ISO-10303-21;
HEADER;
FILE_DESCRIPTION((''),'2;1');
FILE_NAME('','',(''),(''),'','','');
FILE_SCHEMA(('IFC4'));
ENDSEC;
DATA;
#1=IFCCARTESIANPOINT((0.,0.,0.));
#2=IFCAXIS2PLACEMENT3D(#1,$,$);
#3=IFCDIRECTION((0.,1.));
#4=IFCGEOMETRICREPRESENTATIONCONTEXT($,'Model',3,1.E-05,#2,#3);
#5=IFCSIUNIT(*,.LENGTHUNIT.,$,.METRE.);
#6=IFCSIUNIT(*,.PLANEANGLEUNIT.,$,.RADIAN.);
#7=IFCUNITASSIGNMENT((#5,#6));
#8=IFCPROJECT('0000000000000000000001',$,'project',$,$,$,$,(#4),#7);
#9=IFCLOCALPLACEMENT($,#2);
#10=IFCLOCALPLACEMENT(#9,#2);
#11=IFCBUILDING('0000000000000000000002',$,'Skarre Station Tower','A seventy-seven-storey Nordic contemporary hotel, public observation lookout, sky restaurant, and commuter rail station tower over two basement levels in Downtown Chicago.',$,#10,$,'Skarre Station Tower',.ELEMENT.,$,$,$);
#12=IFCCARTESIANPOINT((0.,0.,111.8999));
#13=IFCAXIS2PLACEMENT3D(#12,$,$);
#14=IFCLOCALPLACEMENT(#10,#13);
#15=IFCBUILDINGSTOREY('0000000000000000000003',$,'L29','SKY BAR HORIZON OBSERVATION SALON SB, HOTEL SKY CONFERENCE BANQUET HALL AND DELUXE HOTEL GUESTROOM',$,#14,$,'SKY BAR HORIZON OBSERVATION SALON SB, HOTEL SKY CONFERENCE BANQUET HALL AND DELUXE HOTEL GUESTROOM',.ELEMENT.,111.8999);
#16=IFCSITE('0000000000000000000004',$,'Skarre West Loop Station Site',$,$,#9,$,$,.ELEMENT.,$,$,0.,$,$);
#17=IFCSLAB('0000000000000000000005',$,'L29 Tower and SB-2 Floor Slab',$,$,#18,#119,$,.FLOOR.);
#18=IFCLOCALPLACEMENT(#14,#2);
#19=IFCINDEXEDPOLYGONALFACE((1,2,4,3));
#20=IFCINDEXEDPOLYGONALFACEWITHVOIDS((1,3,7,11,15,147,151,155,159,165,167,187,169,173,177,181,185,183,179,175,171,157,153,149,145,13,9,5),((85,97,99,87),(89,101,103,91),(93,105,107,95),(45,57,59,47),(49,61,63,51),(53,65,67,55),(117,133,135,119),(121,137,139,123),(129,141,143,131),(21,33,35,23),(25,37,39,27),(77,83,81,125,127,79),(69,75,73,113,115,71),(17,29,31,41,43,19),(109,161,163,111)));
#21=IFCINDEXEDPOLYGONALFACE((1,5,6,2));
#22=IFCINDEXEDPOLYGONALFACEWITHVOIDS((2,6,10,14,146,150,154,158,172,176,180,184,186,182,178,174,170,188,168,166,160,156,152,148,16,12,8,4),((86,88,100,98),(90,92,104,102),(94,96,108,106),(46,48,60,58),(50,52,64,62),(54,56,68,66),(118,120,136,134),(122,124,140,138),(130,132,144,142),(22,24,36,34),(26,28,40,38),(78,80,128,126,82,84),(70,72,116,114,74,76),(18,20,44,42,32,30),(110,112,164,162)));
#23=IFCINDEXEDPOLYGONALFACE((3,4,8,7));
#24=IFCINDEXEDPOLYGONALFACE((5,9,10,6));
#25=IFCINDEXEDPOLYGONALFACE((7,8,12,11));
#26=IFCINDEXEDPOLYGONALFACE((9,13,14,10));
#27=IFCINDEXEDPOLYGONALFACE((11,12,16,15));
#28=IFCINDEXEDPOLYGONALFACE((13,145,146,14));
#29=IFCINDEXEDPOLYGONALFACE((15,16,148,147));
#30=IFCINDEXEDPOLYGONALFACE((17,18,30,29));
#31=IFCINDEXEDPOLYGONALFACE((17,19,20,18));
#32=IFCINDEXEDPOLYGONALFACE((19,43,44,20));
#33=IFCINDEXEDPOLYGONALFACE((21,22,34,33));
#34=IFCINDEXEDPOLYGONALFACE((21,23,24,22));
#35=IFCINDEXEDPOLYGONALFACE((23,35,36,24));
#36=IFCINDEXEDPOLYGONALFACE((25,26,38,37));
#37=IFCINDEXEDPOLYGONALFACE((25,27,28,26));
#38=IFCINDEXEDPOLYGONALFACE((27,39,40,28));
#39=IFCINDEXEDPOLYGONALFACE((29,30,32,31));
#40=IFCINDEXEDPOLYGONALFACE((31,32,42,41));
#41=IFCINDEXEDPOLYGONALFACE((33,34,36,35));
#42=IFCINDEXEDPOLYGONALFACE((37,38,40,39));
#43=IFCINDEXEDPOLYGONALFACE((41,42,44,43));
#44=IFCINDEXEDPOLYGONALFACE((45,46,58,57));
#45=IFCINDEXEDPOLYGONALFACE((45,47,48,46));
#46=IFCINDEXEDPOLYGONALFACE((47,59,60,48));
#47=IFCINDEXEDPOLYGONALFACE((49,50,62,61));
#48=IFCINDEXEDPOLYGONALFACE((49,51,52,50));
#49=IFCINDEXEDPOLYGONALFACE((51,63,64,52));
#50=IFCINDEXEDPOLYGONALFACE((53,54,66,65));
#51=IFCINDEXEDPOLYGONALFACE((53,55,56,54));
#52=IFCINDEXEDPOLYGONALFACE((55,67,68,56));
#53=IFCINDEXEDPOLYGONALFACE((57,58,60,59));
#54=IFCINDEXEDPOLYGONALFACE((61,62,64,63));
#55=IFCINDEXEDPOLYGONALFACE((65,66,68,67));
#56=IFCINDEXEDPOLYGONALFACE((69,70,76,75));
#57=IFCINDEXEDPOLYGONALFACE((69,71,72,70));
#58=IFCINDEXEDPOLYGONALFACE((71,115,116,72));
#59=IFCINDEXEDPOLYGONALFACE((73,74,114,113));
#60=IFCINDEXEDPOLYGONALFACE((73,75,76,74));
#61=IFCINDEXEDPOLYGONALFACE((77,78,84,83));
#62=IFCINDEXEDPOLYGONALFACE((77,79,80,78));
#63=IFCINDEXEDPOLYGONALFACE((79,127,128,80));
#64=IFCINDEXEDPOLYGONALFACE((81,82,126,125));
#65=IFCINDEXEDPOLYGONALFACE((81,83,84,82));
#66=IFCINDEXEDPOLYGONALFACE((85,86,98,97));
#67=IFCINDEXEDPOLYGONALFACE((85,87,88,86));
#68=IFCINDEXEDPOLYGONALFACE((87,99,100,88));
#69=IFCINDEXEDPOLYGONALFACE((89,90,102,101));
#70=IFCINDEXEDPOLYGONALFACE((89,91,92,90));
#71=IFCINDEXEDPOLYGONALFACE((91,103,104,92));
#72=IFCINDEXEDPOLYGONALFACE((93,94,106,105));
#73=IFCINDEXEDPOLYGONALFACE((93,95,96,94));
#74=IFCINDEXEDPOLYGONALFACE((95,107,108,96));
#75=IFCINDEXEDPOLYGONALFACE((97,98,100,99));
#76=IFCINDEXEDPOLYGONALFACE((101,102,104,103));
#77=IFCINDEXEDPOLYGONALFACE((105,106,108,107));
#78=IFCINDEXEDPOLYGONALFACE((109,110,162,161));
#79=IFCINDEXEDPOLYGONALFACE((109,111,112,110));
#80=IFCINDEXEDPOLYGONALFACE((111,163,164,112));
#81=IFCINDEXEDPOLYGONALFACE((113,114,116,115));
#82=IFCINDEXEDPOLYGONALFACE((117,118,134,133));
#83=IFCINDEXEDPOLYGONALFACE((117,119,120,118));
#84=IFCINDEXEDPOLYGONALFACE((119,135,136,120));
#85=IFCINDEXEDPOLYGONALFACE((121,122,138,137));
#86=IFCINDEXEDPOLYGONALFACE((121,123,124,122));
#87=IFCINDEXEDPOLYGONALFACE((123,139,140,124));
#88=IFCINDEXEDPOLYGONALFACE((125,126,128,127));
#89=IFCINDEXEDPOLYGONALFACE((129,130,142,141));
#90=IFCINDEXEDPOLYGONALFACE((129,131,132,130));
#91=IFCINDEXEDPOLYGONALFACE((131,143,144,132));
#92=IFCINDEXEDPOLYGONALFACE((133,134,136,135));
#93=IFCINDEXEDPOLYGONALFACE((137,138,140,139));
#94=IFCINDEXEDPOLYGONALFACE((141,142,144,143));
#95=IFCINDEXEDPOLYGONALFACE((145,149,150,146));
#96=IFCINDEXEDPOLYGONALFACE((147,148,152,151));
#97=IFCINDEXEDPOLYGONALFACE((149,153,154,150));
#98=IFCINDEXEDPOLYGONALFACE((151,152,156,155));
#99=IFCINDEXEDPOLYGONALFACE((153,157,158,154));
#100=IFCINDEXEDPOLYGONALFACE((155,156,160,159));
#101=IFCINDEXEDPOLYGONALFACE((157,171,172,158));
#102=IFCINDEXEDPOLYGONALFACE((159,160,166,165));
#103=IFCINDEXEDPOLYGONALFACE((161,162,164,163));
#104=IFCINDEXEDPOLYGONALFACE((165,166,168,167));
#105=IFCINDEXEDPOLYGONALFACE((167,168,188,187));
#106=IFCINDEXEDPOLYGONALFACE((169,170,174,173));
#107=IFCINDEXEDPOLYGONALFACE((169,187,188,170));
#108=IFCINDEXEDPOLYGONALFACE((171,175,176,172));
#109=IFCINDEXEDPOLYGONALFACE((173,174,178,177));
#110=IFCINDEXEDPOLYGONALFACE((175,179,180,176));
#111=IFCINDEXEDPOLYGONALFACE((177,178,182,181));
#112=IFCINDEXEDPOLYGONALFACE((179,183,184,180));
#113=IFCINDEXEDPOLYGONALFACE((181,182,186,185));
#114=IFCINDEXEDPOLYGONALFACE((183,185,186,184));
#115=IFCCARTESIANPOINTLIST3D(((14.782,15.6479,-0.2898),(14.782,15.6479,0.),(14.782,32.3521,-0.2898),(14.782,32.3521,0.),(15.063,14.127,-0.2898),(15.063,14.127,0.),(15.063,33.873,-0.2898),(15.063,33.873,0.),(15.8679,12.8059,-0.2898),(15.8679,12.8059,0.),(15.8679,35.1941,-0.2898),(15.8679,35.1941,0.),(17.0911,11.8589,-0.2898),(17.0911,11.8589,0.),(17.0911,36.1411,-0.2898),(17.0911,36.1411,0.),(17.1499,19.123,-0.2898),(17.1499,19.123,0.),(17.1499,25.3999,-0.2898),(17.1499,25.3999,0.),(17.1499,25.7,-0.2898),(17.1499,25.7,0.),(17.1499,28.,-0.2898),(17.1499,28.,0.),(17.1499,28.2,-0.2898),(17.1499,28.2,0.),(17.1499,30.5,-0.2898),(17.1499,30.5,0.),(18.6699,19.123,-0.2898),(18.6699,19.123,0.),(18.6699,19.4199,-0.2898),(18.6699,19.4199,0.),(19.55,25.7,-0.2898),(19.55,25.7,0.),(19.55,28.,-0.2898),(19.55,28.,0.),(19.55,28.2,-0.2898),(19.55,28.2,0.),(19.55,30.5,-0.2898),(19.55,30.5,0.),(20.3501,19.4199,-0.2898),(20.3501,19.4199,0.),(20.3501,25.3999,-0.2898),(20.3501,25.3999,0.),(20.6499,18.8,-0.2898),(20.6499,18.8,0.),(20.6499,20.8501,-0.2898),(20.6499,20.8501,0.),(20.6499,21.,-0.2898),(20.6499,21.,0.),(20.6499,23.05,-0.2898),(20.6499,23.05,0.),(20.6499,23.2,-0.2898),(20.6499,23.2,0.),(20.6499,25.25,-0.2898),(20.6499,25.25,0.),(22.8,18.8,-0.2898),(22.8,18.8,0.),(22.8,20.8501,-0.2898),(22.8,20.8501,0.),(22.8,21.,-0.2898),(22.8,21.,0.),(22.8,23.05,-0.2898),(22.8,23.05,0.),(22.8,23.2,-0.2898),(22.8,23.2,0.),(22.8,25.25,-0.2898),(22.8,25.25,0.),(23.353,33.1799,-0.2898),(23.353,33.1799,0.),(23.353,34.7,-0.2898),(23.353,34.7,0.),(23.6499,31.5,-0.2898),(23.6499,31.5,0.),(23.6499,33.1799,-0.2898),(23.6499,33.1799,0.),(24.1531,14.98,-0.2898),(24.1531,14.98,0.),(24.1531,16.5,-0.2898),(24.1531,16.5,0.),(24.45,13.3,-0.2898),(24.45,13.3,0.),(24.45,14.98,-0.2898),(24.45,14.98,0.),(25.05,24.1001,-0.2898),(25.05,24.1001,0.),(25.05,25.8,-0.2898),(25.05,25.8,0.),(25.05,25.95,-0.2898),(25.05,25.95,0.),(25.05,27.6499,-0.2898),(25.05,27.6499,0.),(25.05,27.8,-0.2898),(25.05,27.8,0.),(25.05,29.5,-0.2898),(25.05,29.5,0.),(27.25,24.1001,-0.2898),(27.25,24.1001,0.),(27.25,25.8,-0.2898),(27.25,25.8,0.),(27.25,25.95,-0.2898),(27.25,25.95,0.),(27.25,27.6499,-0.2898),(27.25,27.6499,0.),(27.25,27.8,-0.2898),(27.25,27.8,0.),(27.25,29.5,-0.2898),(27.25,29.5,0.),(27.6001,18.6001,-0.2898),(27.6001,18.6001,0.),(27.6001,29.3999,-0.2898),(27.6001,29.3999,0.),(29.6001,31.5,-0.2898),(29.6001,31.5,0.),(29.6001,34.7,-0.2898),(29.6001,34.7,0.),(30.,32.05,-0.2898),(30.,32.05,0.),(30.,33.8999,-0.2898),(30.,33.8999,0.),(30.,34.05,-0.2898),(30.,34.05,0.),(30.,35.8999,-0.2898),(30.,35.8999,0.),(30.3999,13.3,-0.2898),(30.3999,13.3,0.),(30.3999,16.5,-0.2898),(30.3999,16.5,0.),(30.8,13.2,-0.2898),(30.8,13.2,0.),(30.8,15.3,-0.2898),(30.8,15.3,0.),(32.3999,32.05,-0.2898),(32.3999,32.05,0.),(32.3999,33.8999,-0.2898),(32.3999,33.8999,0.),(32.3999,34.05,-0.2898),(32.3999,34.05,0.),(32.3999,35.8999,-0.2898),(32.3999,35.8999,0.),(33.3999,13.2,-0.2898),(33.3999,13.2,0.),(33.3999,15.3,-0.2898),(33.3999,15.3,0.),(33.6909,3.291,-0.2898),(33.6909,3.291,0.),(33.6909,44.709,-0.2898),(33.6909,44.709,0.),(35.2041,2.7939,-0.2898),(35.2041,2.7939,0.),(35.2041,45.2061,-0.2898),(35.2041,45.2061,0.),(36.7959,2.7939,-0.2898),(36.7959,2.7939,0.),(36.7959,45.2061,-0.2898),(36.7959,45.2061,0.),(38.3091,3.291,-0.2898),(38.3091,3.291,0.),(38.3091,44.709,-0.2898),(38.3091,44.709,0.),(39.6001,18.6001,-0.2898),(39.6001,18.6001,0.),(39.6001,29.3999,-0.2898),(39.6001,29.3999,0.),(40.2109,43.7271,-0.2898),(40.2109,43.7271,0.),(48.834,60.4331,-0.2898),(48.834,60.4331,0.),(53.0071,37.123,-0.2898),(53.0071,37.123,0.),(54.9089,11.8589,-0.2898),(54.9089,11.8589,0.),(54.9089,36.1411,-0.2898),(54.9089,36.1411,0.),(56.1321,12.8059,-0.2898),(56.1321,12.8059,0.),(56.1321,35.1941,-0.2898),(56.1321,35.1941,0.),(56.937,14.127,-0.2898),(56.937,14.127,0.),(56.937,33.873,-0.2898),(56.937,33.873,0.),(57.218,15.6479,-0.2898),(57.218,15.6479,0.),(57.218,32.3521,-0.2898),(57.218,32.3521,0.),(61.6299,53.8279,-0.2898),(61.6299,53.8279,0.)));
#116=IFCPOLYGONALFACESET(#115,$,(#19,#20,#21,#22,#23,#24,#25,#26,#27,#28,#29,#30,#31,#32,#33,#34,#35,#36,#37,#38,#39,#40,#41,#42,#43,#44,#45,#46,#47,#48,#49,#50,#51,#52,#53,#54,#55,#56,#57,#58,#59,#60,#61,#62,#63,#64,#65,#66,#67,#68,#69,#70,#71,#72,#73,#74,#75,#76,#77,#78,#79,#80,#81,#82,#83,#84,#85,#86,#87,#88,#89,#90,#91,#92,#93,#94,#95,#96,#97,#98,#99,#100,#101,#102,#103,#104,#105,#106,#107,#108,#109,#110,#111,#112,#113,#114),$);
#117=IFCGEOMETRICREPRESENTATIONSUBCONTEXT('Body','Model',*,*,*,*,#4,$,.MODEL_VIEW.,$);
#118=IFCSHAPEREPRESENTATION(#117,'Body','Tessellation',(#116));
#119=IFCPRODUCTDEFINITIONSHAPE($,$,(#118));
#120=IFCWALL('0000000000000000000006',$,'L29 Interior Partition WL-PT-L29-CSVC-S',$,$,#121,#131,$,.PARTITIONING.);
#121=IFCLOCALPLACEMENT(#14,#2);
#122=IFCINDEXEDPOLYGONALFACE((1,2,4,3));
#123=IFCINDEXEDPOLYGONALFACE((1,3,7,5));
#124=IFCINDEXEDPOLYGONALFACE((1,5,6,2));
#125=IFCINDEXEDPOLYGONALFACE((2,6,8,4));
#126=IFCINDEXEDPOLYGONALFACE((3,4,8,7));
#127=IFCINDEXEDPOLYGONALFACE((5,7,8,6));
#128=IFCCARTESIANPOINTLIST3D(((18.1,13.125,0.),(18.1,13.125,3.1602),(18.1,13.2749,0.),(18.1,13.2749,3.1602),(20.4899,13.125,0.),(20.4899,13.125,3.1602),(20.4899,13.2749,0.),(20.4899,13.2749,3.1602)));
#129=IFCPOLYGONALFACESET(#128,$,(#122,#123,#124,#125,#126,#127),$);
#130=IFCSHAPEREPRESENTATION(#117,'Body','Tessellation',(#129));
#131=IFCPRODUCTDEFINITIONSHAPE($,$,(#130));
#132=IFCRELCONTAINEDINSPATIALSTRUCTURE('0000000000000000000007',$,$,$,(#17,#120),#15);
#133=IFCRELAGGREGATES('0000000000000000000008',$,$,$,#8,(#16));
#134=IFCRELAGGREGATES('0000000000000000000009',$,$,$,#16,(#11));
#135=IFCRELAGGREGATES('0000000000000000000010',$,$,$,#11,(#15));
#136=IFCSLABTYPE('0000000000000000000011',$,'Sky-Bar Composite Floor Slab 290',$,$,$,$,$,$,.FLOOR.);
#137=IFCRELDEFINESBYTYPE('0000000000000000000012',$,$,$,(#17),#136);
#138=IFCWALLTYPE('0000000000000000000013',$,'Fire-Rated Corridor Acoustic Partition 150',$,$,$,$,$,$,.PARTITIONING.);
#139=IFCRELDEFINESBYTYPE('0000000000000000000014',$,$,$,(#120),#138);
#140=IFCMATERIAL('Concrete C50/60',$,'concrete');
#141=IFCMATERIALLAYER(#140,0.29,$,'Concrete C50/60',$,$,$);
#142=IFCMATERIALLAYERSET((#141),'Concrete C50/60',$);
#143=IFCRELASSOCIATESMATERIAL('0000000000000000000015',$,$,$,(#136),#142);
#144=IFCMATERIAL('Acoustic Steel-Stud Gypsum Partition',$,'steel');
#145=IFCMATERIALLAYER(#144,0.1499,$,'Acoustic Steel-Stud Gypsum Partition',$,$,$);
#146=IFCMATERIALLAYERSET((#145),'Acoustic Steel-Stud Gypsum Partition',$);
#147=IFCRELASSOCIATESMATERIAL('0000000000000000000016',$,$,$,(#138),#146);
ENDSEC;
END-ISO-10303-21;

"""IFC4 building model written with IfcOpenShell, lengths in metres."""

from ifc_helpers import new_model, si_unit, direction, frame, frame_2d, origin, place, context, subcontext, project, spatial, polyline, rectangle, outline, extrude, material, layer, layer_set, type_object, element, save


model = new_model("IFC4")

# Units and contexts
model_context = context("Model", 3, precision=1e-05, world=origin(), true_north=direction((0.0, 1.0)))
body_context = subcontext(model_context, "Body", "Model", "MODEL_VIEW")
ifc_project = project(units=[si_unit("LENGTHUNIT", "METRE"), si_unit("PLANEANGLEUNIT", "RADIAN")], contexts=[model_context])

# Site, building, storey
site_placement = place(None, origin())
site = spatial("IfcSite", under=ifc_project, at=site_placement, Name="Skarre West Loop Station Site", CompositionType="ELEMENT", RefElevation=0.0)
building_placement = place(site_placement, origin())
building = spatial("IfcBuilding", under=site, at=building_placement, Name="Skarre Station Tower", Description="A seventy-seven-storey Nordic contemporary hotel, public observation lookout, sky restaurant, and commuter rail station tower over two basement levels in Downtown Chicago.", LongName="Skarre Station Tower", CompositionType="ELEMENT")
storey_placement = place(building_placement, frame((0.0, 0.0, 111.8999)))
storey = spatial("IfcBuildingStorey", under=building, at=storey_placement, Name="L29", Description="SKY BAR HORIZON OBSERVATION SALON SB, HOTEL SKY CONFERENCE BANQUET HALL AND DELUXE HOTEL GUESTROOM", LongName="SKY BAR HORIZON OBSERVATION SALON SB, HOTEL SKY CONFERENCE BANQUET HALL AND DELUXE HOTEL GUESTROOM", CompositionType="ELEMENT", Elevation=111.8999)

# Slab
ifc_material_1 = material(Name="Concrete C50/60", Category="concrete")
ifc_layer_1 = layer(ifc_material_1, 0.29, Name="Concrete C50/60")
ifc_layer_set_1 = layer_set([ifc_layer_1], Name="Concrete C50/60")
slab_type_1 = type_object("IfcSlabType", Name="Sky-Bar Composite Floor Slab 290", PredefinedType="FLOOR", material=ifc_layer_set_1)
slab_1_placement = place(storey_placement, frame((0.0, 0.0, -0.2898)))
element("IfcSlab", 1, at=slab_1_placement, inside=storey, type_object=slab_type_1, Name="L29 Tower and SB-2 Floor Slab", PredefinedType="FLOOR", context=body_context, shape_type="SweptSolid", body=[
    extrude(outline(polyline([(53.0071, 37.123), (61.6299, 53.8279), (48.834, 60.4331), (40.2109, 43.7271), (38.3091, 44.709), (36.7959, 45.2061), (35.2041, 45.2061), (33.6909, 44.709), (17.0911, 36.1411), (15.8679, 35.1941), (15.063, 33.873), (14.782, 32.3521), (14.782, 15.6479), (15.063, 14.127), (15.8679, 12.8059), (17.0911, 11.8589), (33.6909, 3.291), (35.2041, 2.7939), (36.7959, 2.7939), (38.3091, 3.291), (54.9089, 11.8589), (56.1321, 12.8059), (56.937, 14.127), (57.218, 15.6479), (57.218, 32.3521), (56.937, 33.873), (56.1321, 35.1941), (54.9089, 36.1411), (53.0071, 37.123)]), holes=[polyline([(18.6699, 19.4199), (18.6699, 19.123), (17.1499, 19.123), (17.1499, 25.3999), (20.3501, 25.3999), (20.3501, 19.4199), (18.6699, 19.4199)]), polyline([(24.45, 14.98), (24.1531, 14.98), (24.1531, 16.5), (30.3999, 16.5), (30.3999, 13.3), (24.45, 13.3), (24.45, 14.98)]), polyline([(23.6499, 33.1799), (23.353, 33.1799), (23.353, 34.7), (29.6001, 34.7), (29.6001, 31.5), (23.6499, 31.5), (23.6499, 33.1799)]), polyline([(17.1499, 28.0), (19.55, 28.0), (19.55, 25.7), (17.1499, 25.7), (17.1499, 28.0)]), polyline([(17.1499, 30.5), (19.55, 30.5), (19.55, 28.2), (17.1499, 28.2), (17.1499, 30.5)]), polyline([(30.8, 15.3), (33.3999, 15.3), (33.3999, 13.2), (30.8, 13.2), (30.8, 15.3)]), polyline([(25.05, 25.8), (27.25, 25.8), (27.25, 24.1001), (25.05, 24.1001), (25.05, 25.8)]), polyline([(25.05, 27.6499), (27.25, 27.6499), (27.25, 25.95), (25.05, 25.95), (25.05, 27.6499)]), polyline([(25.05, 29.5), (27.25, 29.5), (27.25, 27.8), (25.05, 27.8), (25.05, 29.5)]), polyline([(20.6499, 20.8501), (22.8, 20.8501), (22.8, 18.8), (20.6499, 18.8), (20.6499, 20.8501)]), polyline([(20.6499, 23.05), (22.8, 23.05), (22.8, 21.0), (20.6499, 21.0), (20.6499, 23.05)]), polyline([(20.6499, 25.25), (22.8, 25.25), (22.8, 23.2), (20.6499, 23.2), (20.6499, 25.25)]), polyline([(30.0, 33.8999), (32.3999, 33.8999), (32.3999, 32.05), (30.0, 32.05), (30.0, 33.8999)]), polyline([(30.0, 35.8999), (32.3999, 35.8999), (32.3999, 34.05), (30.0, 34.05), (30.0, 35.8999)]), polyline([(27.6001, 29.3999), (39.6001, 29.3999), (39.6001, 18.6001), (27.6001, 18.6001), (27.6001, 29.3999)])]), origin(), (0.0, 0.0, 1.0), 0.2898),
])

# Wall
ifc_material_2 = material(Name="Acoustic Steel-Stud Gypsum Partition", Category="steel")
ifc_layer_2 = layer(ifc_material_2, 0.1499, Name="Acoustic Steel-Stud Gypsum Partition")
ifc_layer_set_2 = layer_set([ifc_layer_2], Name="Acoustic Steel-Stud Gypsum Partition")
wall_type_1 = type_object("IfcWallType", Name="Fire-Rated Corridor Acoustic Partition 150", PredefinedType="PARTITIONING", material=ifc_layer_set_2)
wall_1_placement = place(storey_placement, frame((18.1001, 13.2, 0.0), z_axis=(0.0, 0.0, 1.0), x_axis=(1.0, 0.0, 0.0)))
element("IfcWall", 2, at=wall_1_placement, inside=storey, type_object=wall_type_1, Name="L29 Interior Partition WL-PT-L29-CSVC-S", PredefinedType="PARTITIONING", context=body_context, shape_type="SweptSolid", body=[
    extrude(rectangle(XDim=2.3899, YDim=0.1499, at=frame_2d((1.1948, 0.0))), origin(), (0.0, 0.0, 1.0), 3.1602),
])

save(model, "model.ifc")
